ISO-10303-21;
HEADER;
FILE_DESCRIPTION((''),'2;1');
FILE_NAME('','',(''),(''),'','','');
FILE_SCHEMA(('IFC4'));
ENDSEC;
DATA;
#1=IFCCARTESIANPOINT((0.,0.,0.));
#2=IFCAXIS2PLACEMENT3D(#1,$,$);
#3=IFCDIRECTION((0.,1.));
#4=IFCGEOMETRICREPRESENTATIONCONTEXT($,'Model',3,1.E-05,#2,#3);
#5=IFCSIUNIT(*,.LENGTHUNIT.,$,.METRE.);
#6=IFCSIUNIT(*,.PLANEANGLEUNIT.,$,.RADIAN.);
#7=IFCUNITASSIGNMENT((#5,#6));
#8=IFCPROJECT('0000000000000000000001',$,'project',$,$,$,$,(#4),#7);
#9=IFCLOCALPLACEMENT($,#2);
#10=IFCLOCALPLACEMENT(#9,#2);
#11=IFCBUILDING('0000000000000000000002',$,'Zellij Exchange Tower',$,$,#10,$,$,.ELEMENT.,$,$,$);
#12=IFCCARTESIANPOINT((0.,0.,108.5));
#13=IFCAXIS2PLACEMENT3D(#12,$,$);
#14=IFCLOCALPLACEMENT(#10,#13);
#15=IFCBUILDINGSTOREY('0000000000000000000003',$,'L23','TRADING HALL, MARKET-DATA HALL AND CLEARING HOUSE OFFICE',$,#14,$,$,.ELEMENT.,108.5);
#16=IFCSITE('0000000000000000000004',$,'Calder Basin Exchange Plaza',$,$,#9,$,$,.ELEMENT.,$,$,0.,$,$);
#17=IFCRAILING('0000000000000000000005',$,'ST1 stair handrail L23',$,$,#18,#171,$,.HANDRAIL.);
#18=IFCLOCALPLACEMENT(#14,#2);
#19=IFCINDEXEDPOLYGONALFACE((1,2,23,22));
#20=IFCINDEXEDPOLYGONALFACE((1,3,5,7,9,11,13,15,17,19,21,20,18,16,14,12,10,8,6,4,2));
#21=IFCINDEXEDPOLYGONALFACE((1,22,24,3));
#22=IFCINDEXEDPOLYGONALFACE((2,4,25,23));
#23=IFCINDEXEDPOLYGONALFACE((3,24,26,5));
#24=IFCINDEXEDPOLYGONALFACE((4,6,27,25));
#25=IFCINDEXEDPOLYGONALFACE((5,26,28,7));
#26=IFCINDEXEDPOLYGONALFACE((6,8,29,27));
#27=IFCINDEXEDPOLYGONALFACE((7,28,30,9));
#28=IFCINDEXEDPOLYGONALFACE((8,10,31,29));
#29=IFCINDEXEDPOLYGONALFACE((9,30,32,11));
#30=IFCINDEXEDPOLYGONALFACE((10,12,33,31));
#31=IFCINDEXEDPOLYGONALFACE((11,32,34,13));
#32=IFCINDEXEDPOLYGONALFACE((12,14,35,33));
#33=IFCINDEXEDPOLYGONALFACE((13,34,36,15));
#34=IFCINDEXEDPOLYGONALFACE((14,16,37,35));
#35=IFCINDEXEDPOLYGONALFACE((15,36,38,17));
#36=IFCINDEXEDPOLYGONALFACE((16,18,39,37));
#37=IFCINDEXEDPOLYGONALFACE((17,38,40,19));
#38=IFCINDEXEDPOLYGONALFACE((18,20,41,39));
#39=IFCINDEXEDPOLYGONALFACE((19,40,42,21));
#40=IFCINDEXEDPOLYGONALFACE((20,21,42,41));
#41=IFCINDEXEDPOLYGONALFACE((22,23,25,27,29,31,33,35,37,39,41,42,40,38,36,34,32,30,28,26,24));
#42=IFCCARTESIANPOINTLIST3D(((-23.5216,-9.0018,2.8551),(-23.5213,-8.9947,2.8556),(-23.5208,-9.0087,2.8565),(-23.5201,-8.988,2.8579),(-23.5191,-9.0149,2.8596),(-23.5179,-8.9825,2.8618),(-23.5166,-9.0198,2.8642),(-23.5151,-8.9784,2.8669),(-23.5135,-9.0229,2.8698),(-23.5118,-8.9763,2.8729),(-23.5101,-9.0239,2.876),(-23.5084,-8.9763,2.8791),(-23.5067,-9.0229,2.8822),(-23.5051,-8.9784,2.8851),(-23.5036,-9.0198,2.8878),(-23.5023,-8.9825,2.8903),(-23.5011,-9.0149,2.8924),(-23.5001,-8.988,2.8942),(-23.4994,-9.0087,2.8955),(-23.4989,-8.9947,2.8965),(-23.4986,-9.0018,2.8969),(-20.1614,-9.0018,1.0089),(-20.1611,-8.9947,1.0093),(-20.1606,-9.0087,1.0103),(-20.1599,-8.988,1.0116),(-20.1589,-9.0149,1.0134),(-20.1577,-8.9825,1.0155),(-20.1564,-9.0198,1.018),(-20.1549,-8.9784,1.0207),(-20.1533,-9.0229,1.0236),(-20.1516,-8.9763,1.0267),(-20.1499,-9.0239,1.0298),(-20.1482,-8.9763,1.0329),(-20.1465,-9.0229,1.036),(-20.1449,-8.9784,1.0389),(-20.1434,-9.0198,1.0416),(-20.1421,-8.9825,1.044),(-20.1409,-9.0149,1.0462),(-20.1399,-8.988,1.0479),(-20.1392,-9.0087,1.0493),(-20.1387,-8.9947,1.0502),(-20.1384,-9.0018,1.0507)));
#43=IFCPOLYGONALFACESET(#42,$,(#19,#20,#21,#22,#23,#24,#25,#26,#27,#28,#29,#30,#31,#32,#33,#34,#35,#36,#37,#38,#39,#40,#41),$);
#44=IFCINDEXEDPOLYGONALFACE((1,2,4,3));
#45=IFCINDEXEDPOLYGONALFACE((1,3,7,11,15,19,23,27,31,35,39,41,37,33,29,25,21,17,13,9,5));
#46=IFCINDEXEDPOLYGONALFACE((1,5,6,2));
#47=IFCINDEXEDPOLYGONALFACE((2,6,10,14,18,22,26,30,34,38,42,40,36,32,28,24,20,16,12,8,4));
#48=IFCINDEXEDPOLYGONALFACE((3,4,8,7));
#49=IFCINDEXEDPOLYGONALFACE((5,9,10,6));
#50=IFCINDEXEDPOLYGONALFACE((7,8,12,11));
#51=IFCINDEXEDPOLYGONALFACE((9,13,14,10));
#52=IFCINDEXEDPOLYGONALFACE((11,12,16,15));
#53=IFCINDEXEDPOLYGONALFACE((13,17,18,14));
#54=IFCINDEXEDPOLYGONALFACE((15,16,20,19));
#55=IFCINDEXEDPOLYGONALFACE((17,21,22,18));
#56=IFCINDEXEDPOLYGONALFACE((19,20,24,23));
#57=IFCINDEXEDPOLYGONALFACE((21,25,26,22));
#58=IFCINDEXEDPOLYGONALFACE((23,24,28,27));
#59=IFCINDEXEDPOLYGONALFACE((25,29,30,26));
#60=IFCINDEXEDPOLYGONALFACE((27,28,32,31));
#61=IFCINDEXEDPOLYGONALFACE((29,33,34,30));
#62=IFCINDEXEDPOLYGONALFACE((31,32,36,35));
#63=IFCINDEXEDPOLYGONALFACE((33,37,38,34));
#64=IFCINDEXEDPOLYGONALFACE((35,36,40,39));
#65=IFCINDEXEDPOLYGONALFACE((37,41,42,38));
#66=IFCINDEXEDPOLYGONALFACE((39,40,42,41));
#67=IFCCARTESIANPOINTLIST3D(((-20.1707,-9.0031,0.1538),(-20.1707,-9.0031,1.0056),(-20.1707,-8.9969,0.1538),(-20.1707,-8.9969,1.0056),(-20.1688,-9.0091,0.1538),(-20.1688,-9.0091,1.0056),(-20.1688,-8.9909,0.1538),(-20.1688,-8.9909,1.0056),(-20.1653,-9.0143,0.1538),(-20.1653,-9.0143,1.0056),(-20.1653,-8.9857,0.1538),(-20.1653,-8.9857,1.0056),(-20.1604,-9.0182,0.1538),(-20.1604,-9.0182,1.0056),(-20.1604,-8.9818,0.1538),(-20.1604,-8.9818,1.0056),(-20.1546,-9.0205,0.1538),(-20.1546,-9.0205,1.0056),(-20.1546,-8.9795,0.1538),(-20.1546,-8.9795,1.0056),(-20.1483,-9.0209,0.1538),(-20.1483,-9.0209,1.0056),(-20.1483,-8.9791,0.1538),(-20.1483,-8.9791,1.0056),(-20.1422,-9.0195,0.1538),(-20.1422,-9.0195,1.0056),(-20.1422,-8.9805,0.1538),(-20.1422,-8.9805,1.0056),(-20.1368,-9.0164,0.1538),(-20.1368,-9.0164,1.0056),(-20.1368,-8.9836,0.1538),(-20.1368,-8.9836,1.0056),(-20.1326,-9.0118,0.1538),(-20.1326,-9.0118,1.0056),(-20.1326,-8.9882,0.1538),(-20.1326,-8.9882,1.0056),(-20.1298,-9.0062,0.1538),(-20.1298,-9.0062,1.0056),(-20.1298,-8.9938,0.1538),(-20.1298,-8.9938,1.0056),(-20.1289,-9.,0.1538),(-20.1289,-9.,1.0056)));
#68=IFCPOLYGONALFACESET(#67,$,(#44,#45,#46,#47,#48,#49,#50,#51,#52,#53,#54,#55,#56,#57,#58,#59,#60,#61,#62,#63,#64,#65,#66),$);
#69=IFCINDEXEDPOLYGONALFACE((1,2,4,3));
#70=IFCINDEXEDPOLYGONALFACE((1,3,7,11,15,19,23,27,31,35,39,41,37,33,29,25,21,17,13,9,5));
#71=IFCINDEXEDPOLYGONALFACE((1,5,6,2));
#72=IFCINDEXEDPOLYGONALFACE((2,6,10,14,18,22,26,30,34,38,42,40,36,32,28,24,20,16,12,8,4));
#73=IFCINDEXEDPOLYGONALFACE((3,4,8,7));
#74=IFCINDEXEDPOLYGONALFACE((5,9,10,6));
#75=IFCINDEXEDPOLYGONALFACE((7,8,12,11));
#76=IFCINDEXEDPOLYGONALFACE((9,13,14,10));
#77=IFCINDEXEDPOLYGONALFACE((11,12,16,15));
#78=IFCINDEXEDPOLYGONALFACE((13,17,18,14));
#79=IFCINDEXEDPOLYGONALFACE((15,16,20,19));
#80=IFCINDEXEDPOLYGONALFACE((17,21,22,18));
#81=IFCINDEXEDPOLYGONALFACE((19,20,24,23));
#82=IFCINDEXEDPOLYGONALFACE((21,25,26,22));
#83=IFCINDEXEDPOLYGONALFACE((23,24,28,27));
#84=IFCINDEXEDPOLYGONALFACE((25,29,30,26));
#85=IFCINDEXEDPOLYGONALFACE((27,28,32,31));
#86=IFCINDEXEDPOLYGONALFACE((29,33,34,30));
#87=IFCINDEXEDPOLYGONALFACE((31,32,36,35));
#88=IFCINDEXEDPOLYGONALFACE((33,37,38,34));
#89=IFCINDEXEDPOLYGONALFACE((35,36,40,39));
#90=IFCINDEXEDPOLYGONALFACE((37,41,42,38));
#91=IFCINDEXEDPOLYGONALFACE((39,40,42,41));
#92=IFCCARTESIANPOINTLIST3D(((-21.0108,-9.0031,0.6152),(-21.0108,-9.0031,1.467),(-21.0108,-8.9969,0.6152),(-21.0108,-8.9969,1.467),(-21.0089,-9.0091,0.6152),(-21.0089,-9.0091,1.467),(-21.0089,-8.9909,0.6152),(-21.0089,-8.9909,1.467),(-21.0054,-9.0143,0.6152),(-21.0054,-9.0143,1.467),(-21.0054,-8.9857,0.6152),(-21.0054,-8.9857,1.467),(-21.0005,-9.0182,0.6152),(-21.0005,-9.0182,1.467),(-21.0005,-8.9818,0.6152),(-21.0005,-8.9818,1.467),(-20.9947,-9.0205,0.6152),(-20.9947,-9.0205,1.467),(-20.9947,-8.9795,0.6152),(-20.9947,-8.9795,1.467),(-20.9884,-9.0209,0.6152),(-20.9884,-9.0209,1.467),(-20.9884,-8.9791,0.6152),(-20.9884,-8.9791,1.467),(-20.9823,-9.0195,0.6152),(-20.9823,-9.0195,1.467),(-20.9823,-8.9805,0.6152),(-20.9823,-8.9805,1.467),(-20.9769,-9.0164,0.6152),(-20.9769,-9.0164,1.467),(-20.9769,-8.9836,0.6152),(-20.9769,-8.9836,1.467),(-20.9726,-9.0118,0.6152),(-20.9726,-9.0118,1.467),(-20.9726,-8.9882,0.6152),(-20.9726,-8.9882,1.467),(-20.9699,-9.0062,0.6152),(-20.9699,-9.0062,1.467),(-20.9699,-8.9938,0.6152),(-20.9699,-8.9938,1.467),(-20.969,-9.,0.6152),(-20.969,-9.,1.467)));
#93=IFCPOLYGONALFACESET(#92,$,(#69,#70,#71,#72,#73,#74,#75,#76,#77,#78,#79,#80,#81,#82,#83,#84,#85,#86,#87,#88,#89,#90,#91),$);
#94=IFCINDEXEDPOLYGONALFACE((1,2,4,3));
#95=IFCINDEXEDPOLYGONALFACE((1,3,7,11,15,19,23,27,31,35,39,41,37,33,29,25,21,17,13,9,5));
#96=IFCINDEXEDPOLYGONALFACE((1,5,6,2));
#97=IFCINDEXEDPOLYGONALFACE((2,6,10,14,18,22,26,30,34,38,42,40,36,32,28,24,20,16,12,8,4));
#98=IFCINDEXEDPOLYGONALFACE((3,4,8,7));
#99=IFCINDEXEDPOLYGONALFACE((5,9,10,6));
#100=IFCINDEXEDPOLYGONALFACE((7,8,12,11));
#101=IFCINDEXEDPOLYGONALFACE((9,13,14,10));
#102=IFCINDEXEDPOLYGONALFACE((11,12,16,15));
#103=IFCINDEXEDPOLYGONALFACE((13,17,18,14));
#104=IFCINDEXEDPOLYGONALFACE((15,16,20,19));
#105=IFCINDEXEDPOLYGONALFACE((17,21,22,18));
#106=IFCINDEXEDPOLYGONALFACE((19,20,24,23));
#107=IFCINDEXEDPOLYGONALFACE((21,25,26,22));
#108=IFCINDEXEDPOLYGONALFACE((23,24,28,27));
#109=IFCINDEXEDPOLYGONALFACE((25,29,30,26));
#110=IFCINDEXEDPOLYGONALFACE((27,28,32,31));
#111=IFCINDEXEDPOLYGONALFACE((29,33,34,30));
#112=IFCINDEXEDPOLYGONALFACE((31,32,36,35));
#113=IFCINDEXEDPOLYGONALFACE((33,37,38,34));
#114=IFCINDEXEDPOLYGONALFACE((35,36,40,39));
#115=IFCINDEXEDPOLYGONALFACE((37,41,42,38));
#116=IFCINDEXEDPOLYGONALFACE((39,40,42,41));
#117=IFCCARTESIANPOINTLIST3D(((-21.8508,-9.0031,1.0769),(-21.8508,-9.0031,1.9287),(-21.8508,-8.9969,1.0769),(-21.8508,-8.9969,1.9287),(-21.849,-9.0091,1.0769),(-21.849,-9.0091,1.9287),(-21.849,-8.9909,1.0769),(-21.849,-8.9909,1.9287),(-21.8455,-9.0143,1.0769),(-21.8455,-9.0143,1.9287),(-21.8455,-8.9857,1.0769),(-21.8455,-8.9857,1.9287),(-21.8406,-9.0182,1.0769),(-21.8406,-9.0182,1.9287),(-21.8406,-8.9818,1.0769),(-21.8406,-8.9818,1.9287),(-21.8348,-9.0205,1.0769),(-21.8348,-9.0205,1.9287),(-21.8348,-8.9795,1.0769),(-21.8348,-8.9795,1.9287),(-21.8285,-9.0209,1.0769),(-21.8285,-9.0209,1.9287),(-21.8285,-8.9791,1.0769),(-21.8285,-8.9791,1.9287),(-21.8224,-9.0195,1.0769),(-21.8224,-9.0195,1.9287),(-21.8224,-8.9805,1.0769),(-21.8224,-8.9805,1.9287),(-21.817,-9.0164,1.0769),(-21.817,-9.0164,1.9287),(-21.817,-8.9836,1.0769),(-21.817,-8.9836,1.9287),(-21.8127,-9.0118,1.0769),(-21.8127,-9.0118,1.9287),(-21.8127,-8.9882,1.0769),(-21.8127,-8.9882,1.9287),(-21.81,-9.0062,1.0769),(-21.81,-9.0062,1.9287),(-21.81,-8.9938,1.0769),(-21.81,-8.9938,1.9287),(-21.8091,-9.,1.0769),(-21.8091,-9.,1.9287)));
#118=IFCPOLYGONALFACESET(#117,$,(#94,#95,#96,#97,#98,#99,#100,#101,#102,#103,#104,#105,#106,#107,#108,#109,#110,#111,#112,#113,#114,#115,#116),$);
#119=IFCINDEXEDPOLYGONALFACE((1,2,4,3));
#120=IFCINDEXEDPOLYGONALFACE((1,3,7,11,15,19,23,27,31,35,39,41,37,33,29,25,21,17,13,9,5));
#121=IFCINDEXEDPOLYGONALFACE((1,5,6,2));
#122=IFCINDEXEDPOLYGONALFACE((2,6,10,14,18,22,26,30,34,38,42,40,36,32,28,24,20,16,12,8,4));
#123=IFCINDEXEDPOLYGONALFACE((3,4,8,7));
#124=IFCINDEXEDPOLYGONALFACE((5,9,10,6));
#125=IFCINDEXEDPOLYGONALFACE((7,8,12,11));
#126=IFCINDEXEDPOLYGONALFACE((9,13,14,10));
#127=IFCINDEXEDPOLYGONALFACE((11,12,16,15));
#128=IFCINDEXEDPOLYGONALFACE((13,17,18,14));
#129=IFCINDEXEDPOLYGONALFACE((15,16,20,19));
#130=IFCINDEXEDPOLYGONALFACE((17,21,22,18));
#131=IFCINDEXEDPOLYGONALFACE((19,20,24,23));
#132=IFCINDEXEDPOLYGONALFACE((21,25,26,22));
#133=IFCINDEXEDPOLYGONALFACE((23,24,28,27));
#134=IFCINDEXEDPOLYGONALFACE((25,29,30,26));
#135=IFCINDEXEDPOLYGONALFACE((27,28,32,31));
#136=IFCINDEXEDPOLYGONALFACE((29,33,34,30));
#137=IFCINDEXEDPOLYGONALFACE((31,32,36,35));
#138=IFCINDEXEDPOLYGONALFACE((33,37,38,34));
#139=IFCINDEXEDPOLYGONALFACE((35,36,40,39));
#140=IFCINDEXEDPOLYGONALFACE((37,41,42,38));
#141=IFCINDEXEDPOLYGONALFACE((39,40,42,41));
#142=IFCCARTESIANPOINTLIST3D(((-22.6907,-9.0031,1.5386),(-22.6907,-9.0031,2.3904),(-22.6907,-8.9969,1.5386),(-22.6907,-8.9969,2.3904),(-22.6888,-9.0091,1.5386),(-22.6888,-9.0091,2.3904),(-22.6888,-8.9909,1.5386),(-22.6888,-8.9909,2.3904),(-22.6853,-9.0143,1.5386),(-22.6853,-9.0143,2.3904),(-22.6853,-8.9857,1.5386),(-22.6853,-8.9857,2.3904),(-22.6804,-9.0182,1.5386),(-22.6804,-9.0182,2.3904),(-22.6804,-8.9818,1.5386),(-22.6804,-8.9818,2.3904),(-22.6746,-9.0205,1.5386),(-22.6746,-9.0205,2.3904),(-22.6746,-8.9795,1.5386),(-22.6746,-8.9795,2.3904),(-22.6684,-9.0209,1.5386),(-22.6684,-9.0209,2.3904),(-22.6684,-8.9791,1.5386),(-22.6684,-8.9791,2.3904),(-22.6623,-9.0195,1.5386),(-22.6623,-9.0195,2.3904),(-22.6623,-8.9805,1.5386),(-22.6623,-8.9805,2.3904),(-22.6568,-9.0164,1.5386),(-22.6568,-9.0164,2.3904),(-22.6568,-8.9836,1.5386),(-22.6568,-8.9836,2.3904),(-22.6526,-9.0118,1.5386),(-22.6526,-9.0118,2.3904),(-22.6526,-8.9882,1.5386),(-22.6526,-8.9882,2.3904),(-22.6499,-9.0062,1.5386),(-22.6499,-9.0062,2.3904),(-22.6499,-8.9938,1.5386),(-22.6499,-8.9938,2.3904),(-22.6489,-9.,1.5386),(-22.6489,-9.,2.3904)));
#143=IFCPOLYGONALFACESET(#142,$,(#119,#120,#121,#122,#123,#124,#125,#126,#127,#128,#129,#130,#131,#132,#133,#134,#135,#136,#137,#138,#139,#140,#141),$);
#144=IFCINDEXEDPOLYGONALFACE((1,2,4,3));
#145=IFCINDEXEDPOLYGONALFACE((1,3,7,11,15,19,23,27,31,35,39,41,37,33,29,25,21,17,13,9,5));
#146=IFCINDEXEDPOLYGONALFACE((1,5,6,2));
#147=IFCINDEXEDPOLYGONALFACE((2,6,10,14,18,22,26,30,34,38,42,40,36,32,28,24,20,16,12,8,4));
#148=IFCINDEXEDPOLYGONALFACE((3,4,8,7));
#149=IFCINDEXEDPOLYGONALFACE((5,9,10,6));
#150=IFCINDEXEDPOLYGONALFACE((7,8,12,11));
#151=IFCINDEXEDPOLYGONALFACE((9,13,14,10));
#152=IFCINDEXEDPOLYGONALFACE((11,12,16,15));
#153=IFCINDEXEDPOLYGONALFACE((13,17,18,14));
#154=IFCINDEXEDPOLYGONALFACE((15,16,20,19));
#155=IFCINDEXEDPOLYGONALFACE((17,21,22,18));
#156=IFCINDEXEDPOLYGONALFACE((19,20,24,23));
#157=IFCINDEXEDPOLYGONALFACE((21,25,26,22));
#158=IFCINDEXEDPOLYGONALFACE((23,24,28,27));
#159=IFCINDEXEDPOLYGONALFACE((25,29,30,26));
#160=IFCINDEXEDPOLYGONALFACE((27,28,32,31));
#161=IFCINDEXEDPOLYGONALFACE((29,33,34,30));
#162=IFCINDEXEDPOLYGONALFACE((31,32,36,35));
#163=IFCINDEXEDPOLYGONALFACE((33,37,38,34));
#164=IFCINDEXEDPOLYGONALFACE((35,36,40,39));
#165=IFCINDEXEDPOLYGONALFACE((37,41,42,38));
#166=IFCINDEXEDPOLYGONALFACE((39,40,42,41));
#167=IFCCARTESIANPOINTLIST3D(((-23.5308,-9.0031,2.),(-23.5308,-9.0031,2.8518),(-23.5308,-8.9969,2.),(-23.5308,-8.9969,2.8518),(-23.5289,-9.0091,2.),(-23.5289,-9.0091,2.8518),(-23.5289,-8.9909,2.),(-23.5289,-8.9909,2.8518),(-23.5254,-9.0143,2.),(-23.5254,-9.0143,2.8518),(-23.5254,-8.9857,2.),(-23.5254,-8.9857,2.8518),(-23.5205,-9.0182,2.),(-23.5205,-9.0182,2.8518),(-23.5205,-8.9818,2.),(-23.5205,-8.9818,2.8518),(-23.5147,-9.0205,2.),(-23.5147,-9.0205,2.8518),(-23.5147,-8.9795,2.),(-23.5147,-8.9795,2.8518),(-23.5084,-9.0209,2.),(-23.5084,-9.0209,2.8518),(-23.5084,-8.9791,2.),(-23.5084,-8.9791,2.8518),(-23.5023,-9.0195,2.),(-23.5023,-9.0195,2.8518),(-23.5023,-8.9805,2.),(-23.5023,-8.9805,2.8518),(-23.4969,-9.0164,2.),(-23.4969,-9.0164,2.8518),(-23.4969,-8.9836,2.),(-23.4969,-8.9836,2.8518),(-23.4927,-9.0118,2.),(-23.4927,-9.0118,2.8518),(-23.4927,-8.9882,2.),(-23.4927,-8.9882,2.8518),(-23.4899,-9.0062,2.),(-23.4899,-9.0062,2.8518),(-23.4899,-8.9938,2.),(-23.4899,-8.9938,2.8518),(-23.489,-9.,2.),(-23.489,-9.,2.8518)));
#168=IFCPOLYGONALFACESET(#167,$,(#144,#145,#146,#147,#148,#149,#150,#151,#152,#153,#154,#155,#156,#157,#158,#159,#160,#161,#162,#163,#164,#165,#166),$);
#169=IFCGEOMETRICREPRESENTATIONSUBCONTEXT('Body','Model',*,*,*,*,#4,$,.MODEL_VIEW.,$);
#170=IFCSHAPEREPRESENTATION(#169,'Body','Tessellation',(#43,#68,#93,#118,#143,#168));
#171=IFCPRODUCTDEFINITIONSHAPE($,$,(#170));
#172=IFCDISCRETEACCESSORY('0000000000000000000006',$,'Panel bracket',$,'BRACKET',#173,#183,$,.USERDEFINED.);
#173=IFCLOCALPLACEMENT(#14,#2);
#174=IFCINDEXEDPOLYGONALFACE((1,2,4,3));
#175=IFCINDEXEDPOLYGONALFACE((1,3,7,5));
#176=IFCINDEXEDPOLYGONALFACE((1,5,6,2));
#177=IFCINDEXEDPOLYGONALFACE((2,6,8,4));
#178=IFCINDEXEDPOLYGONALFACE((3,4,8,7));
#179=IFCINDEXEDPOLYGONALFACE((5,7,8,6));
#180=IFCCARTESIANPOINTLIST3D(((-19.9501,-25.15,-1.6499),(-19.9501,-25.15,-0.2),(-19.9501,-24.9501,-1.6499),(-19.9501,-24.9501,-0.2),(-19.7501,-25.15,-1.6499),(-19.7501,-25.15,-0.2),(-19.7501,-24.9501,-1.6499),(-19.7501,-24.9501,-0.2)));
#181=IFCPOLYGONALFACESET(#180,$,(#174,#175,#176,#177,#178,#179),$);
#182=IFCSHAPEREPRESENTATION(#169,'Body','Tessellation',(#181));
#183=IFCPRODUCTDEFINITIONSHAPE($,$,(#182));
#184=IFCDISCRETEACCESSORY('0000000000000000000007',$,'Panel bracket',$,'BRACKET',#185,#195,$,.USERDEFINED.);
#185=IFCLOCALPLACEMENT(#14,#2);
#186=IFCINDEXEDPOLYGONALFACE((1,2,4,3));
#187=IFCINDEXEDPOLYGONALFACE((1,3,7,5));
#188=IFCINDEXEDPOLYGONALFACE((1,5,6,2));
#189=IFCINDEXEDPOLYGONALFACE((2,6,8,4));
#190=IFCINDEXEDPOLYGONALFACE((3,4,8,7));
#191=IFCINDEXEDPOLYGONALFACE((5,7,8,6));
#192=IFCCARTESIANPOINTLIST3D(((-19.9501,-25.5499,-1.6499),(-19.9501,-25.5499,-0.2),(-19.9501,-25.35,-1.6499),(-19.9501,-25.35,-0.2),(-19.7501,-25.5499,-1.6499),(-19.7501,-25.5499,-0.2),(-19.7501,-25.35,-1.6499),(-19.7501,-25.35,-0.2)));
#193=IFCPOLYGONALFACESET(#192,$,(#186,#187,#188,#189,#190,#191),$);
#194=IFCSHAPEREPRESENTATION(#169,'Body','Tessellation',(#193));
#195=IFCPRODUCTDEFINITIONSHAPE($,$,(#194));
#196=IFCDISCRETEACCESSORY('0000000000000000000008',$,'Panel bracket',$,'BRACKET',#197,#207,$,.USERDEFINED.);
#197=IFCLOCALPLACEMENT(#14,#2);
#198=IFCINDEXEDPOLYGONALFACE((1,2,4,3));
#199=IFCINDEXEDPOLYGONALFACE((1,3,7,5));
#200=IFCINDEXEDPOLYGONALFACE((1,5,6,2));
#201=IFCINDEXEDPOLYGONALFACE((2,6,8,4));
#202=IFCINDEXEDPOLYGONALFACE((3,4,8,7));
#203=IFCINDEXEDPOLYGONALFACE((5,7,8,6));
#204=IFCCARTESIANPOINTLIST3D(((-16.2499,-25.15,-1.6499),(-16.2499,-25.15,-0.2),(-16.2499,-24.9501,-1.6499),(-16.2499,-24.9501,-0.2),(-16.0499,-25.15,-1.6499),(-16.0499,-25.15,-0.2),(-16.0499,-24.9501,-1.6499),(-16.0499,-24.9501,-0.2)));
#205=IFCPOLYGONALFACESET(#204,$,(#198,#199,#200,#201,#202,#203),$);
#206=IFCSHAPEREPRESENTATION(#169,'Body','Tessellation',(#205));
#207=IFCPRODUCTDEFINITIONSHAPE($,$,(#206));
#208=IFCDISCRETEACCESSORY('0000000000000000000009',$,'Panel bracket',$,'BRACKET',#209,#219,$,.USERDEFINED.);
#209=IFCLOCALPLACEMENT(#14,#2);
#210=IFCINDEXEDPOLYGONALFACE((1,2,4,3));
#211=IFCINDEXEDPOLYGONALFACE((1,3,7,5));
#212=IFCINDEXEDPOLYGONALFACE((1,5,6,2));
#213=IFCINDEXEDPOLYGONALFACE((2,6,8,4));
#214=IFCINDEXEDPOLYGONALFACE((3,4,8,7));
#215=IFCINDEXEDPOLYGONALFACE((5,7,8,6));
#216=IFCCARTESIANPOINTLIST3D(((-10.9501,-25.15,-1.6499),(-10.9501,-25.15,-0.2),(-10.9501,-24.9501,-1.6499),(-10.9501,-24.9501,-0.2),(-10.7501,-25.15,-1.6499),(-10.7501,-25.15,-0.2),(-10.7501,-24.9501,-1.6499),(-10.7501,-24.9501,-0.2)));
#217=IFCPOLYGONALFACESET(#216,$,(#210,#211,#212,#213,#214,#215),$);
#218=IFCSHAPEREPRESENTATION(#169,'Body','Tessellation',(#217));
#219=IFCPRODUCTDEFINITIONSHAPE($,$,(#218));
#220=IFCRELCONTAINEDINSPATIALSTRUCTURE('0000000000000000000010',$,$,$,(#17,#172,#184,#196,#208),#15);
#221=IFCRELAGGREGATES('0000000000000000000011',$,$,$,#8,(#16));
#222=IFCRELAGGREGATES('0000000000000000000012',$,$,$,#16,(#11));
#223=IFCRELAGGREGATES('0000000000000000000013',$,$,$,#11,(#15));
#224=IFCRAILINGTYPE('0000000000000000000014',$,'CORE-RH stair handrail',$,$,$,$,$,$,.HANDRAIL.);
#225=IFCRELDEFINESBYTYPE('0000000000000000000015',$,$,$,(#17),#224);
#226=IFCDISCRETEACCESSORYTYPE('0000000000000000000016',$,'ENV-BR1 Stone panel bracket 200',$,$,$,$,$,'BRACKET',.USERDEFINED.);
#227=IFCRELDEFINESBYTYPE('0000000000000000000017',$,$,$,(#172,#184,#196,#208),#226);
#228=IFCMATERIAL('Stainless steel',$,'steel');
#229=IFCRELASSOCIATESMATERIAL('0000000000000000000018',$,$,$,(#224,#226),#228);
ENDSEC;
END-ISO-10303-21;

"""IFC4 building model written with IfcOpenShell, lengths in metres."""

from ifc_helpers import new_model, si_unit, direction, frame, origin, origin_2d, place, context, subcontext, project, spatial, rectangle, circle, extrude, material, type_object, element, save


model = new_model("IFC4")

# Units and contexts
model_context = context("Model", 3, precision=1e-05, world=origin(), true_north=direction((0.0, 1.0)))
body_context = subcontext(model_context, "Body", "Model", "MODEL_VIEW")
ifc_project = project(units=[si_unit("LENGTHUNIT", "METRE"), si_unit("PLANEANGLEUNIT", "RADIAN")], contexts=[model_context])

# Site, building, storey
site_placement = place(None, origin())
site = spatial("IfcSite", under=ifc_project, at=site_placement, Name="Calder Basin Exchange Plaza", CompositionType="ELEMENT", RefElevation=0.0)
building_placement = place(site_placement, origin())
building = spatial("IfcBuilding", under=site, at=building_placement, Name="Zellij Exchange Tower", CompositionType="ELEMENT")
storey_placement = place(building_placement, frame((0.0, 0.0, 108.5)))
storey = spatial("IfcBuildingStorey", under=building, at=storey_placement, Name="L23", Description="TRADING HALL, MARKET-DATA HALL AND CLEARING HOUSE OFFICE", CompositionType="ELEMENT", Elevation=108.5)

# Railing
ifc_material_1 = material(Name="Stainless steel", Category="steel")
railing_type_1 = type_object("IfcRailingType", Name="CORE-RH stair handrail", PredefinedType="HANDRAIL", material=ifc_material_1)
railing_1_placement = place(storey_placement, frame((-20.1499, -9.0, 0.1538)))
element("IfcRailing", 1, at=railing_1_placement, inside=storey, type_object=railing_type_1, Name="ST1 stair handrail L23", PredefinedType="HANDRAIL", context=body_context, shape_type="SweptSolid", body=[
    extrude(circle(Radius=0.0239, at=origin_2d()), frame((0.0, 0.0, 0.876), z_axis=(-0.876422, 0.0, 0.481545), x_axis=(0.0, -1.0, 0.0)), (0.0, 0.0, 1.0), 3.834),
    extrude(circle(Radius=0.021, at=origin_2d()), origin(), (0.0, 0.0, 1.0), 0.8518),
    extrude(circle(Radius=0.021, at=origin_2d()), frame((-0.8401, 0.0, 0.4614)), (0.0, 0.0, 1.0), 0.8518),
    extrude(circle(Radius=0.021, at=origin_2d()), frame((-1.6802, 0.0, 0.9231)), (0.0, 0.0, 1.0), 0.8518),
    extrude(circle(Radius=0.021, at=origin_2d()), frame((-2.52, 0.0, 1.3848)), (0.0, 0.0, 1.0), 0.8518),
    extrude(circle(Radius=0.021, at=origin_2d()), frame((-3.3601, 0.0, 1.8462)), (0.0, 0.0, 1.0), 0.8518),
])

# Discrete accessories
discrete_accessory_type = type_object("IfcDiscreteAccessoryType", Name="ENV-BR1 Stone panel bracket 200", ElementType="BRACKET", PredefinedType="USERDEFINED", material=ifc_material_1)
for number, where, z_axis, x_axis, name in (
    (2, (-19.8501, -25.05, -1.6499), (0.0, 0.0, 1.0), (1.0, 0.0, 0.0), "Panel bracket"),
    (3, (-19.8501, -25.45, -1.6499), (0.0, 0.0, 1.0), (1.0, 0.0, 0.0), "Panel bracket"),
    (4, (-16.1499, -25.05, -1.6499), (0.0, 0.0, 1.0), (1.0, 0.0, 0.0), "Panel bracket"),
    (5, (-10.8501, -25.05, -1.6499), (0.0, 0.0, 1.0), (1.0, 0.0, 0.0), "Panel bracket"),
):
    element("IfcDiscreteAccessory", number, at=place(storey_placement, frame(where, z_axis=z_axis, x_axis=x_axis)), inside=storey, type_object=discrete_accessory_type, Name=name, ObjectType="BRACKET", PredefinedType="USERDEFINED", context=body_context, shape_type="SweptSolid", body=[
        extrude(rectangle(XDim=0.2, YDim=0.2, at=origin_2d()), origin(), (0.0, 0.0, 1.0), 1.45),
    ])

save(model, "model.ifc")
